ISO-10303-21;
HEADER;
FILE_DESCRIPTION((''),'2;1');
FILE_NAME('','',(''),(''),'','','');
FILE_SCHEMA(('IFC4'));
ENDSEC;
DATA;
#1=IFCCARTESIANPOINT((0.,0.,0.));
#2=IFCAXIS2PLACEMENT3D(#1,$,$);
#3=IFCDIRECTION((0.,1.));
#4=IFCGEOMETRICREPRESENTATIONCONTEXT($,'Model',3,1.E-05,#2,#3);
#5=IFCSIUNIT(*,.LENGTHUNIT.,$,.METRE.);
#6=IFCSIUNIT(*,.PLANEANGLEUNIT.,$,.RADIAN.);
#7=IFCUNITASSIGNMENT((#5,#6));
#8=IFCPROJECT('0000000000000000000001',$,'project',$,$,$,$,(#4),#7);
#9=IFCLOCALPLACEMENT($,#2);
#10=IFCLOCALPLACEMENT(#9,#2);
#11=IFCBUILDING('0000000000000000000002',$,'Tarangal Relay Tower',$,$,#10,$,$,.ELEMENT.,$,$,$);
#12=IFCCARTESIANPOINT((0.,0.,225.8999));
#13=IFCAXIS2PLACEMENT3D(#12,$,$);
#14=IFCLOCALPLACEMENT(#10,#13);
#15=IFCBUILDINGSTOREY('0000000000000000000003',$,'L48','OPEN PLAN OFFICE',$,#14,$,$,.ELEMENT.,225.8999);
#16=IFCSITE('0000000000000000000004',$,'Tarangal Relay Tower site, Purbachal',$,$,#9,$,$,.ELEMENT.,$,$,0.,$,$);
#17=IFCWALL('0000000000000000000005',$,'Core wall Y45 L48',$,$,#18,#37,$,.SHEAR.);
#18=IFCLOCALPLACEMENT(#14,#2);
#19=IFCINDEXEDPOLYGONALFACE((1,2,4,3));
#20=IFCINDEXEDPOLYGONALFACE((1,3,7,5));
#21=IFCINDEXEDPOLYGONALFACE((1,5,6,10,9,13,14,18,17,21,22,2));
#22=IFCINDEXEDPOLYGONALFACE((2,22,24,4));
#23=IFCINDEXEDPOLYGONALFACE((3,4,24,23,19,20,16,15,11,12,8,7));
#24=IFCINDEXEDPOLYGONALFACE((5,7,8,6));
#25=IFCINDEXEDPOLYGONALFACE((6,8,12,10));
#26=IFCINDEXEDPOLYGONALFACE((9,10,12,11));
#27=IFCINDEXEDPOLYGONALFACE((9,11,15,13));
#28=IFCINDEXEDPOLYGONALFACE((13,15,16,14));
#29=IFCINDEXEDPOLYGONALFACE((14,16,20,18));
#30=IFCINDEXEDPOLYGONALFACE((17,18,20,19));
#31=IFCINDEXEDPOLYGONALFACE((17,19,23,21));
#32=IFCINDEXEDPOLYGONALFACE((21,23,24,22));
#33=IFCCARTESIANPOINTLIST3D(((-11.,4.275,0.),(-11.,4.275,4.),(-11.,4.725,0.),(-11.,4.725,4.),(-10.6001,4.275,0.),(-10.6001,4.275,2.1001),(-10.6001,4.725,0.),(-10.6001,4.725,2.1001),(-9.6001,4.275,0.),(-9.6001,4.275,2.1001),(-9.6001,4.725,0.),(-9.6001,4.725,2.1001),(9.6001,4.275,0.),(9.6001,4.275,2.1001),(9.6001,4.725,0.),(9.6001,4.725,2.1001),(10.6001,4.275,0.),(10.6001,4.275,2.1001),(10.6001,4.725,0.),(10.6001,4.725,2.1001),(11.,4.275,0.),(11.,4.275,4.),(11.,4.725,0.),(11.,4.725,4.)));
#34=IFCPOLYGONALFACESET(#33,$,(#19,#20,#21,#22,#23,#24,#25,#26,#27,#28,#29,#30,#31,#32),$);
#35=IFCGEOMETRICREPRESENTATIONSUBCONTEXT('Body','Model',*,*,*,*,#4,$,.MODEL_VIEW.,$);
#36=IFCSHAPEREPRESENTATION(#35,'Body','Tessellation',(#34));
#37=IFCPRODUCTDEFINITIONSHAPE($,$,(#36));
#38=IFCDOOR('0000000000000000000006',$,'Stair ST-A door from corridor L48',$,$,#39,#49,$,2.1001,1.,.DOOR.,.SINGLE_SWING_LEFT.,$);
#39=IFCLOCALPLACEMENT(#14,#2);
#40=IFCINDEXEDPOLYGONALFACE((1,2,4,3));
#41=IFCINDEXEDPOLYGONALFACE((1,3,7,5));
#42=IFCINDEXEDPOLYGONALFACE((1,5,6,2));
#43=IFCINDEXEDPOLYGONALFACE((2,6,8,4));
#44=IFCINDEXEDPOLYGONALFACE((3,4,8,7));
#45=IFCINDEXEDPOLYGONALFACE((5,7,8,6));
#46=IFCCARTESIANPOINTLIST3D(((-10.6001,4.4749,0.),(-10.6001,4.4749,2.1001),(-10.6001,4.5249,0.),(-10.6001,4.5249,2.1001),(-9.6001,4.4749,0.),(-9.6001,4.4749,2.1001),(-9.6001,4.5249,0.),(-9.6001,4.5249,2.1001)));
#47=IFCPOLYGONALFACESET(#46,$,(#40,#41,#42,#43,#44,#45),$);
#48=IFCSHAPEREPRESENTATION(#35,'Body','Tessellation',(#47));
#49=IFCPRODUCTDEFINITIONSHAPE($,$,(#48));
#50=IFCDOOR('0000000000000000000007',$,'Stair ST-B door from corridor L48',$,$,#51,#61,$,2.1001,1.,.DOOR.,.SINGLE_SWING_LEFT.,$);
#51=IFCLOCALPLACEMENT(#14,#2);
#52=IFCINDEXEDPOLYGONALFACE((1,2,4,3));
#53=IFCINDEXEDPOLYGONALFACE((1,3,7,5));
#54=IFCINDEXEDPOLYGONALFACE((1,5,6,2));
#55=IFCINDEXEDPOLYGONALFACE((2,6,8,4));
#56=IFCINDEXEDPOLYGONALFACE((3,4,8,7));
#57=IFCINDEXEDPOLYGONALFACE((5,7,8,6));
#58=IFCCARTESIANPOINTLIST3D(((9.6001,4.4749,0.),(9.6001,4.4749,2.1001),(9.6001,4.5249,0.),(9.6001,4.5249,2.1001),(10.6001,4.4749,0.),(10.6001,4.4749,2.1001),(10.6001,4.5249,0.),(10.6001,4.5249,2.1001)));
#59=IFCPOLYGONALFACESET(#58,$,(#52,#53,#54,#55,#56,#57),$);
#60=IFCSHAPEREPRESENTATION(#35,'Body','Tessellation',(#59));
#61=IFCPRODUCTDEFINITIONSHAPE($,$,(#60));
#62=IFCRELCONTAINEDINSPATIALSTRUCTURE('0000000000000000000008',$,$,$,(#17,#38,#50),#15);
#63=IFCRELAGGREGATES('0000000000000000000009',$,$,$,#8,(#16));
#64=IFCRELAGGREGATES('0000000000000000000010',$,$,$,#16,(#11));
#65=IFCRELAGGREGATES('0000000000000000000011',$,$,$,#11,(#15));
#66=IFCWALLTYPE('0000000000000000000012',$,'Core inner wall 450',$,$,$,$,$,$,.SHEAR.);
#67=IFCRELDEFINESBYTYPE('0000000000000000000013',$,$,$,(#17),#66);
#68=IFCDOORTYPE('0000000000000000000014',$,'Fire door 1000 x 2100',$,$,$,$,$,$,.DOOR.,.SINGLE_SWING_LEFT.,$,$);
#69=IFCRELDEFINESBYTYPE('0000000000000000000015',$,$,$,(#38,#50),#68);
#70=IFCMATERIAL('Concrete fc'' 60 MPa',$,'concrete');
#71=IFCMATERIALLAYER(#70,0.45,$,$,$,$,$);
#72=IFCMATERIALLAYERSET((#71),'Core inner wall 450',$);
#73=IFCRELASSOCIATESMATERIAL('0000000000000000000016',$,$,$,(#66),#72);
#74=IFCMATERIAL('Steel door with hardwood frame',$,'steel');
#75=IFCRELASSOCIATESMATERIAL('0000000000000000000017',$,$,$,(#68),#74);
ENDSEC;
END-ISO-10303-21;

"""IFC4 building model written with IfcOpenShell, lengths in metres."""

from ifc_helpers import new_model, si_unit, direction, frame, frame_2d, origin, place, context, subcontext, project, spatial, rectangle, extrude, material, layer, layer_set, type_object, element, fill, save


model = new_model("IFC4")

# Units and contexts
model_context = context("Model", 3, precision=1e-05, world=origin(), true_north=direction((0.0, 1.0)))
body_context = subcontext(model_context, "Body", "Model", "MODEL_VIEW")
ifc_project = project(units=[si_unit("LENGTHUNIT", "METRE"), si_unit("PLANEANGLEUNIT", "RADIAN")], contexts=[model_context])

# Site, building, storey
site_placement = place(None, origin())
site = spatial("IfcSite", under=ifc_project, at=site_placement, Name="Tarangal Relay Tower site, Purbachal", CompositionType="ELEMENT", RefElevation=0.0)
building_placement = place(site_placement, origin())
building = spatial("IfcBuilding", under=site, at=building_placement, Name="Tarangal Relay Tower", CompositionType="ELEMENT")
storey_placement = place(building_placement, frame((0.0, 0.0, 225.8999)))
storey = spatial("IfcBuildingStorey", under=building, at=storey_placement, Name="L48", Description="OPEN PLAN OFFICE", CompositionType="ELEMENT", Elevation=225.8999)

# Wall, openings, doors
ifc_material_1 = material(Name="Concrete fc' 60 MPa", Category="concrete")
ifc_layer = layer(ifc_material_1, 0.45)
ifc_layer_set = layer_set([ifc_layer], Name="Core inner wall 450")
wall_type = type_object("IfcWallType", Name="Core inner wall 450", PredefinedType="SHEAR", material=ifc_layer_set)
wall_1_placement = place(storey_placement, frame((-11.0, 4.5, 0.0), z_axis=(0.0, 0.0, 1.0), x_axis=(1.0, 0.0, 0.0)))
wall_1 = element("IfcWall", 1, at=wall_1_placement, inside=storey, type_object=wall_type, Name="Core wall Y45 L48", PredefinedType="SHEAR", context=body_context, shape_type="SweptSolid", body=[
    extrude(rectangle(XDim=22.0, YDim=0.45, at=frame_2d((11.0, 0.0))), origin(), (0.0, 0.0, 1.0), 4.0),
])
opening_1_placement = place(wall_1_placement, frame((0.3999, 0.0, 0.0)))
opening_1 = element("IfcOpeningElement", 2, at=opening_1_placement, cuts=wall_1, PredefinedType="OPENING", context=body_context, shape_type="SweptSolid", body=[
    extrude(rectangle(XDim=1.0, YDim=2.1001, at=frame_2d((0.5, 1.05))), frame((0.0, 0.2349, 0.0), z_axis=(0.0, -1.0, 0.0), x_axis=(1.0, 0.0, 0.0)), (0.0, 0.0, 1.0), 0.47),
])
opening_2_placement = place(wall_1_placement, frame((20.6001, 0.0, 0.0)))
opening_2 = element("IfcOpeningElement", 3, at=opening_2_placement, cuts=wall_1, PredefinedType="OPENING", context=body_context, shape_type="SweptSolid", body=[
    extrude(rectangle(XDim=1.0, YDim=2.1001, at=frame_2d((0.5, 1.05))), frame((0.0, 0.2349, 0.0), z_axis=(0.0, -1.0, 0.0), x_axis=(1.0, 0.0, 0.0)), (0.0, 0.0, 1.0), 0.47),
])
ifc_material_2 = material(Name="Steel door with hardwood frame", Category="steel")
door_type_1 = type_object("IfcDoorType", Name="Fire door 1000 x 2100", OperationType="SINGLE_SWING_LEFT", PredefinedType="DOOR", material=ifc_material_2)
door_1_placement = place(opening_1_placement, origin())
door_1 = element("IfcDoor", 4, at=door_1_placement, inside=storey, type_object=door_type_1, Name="Stair ST-A door from corridor L48", OperationType="SINGLE_SWING_LEFT", OverallHeight=2.1001, OverallWidth=1.0, PredefinedType="DOOR", context=body_context, shape_type="SweptSolid", body=[
    extrude(rectangle(XDim=1.0, YDim=2.1001, at=frame_2d((0.5, 1.05))), frame((0.0, 0.0249, 0.0), z_axis=(0.0, -1.0, 0.0), x_axis=(1.0, 0.0, 0.0)), (0.0, 0.0, 1.0), 0.05),
])
fill(opening_1, door_1)
door_2_placement = place(opening_2_placement, origin())
door_2 = element("IfcDoor", 5, at=door_2_placement, inside=storey, type_object=door_type_1, Name="Stair ST-B door from corridor L48", OperationType="SINGLE_SWING_LEFT", OverallHeight=2.1001, OverallWidth=1.0, PredefinedType="DOOR", context=body_context, shape_type="SweptSolid", body=[
    extrude(rectangle(XDim=1.0, YDim=2.1001, at=frame_2d((0.5, 1.05))), frame((0.0, 0.0249, 0.0), z_axis=(0.0, -1.0, 0.0), x_axis=(1.0, 0.0, 0.0)), (0.0, 0.0, 1.0), 0.05),
])
fill(opening_2, door_2)

save(model, "model.ifc")
